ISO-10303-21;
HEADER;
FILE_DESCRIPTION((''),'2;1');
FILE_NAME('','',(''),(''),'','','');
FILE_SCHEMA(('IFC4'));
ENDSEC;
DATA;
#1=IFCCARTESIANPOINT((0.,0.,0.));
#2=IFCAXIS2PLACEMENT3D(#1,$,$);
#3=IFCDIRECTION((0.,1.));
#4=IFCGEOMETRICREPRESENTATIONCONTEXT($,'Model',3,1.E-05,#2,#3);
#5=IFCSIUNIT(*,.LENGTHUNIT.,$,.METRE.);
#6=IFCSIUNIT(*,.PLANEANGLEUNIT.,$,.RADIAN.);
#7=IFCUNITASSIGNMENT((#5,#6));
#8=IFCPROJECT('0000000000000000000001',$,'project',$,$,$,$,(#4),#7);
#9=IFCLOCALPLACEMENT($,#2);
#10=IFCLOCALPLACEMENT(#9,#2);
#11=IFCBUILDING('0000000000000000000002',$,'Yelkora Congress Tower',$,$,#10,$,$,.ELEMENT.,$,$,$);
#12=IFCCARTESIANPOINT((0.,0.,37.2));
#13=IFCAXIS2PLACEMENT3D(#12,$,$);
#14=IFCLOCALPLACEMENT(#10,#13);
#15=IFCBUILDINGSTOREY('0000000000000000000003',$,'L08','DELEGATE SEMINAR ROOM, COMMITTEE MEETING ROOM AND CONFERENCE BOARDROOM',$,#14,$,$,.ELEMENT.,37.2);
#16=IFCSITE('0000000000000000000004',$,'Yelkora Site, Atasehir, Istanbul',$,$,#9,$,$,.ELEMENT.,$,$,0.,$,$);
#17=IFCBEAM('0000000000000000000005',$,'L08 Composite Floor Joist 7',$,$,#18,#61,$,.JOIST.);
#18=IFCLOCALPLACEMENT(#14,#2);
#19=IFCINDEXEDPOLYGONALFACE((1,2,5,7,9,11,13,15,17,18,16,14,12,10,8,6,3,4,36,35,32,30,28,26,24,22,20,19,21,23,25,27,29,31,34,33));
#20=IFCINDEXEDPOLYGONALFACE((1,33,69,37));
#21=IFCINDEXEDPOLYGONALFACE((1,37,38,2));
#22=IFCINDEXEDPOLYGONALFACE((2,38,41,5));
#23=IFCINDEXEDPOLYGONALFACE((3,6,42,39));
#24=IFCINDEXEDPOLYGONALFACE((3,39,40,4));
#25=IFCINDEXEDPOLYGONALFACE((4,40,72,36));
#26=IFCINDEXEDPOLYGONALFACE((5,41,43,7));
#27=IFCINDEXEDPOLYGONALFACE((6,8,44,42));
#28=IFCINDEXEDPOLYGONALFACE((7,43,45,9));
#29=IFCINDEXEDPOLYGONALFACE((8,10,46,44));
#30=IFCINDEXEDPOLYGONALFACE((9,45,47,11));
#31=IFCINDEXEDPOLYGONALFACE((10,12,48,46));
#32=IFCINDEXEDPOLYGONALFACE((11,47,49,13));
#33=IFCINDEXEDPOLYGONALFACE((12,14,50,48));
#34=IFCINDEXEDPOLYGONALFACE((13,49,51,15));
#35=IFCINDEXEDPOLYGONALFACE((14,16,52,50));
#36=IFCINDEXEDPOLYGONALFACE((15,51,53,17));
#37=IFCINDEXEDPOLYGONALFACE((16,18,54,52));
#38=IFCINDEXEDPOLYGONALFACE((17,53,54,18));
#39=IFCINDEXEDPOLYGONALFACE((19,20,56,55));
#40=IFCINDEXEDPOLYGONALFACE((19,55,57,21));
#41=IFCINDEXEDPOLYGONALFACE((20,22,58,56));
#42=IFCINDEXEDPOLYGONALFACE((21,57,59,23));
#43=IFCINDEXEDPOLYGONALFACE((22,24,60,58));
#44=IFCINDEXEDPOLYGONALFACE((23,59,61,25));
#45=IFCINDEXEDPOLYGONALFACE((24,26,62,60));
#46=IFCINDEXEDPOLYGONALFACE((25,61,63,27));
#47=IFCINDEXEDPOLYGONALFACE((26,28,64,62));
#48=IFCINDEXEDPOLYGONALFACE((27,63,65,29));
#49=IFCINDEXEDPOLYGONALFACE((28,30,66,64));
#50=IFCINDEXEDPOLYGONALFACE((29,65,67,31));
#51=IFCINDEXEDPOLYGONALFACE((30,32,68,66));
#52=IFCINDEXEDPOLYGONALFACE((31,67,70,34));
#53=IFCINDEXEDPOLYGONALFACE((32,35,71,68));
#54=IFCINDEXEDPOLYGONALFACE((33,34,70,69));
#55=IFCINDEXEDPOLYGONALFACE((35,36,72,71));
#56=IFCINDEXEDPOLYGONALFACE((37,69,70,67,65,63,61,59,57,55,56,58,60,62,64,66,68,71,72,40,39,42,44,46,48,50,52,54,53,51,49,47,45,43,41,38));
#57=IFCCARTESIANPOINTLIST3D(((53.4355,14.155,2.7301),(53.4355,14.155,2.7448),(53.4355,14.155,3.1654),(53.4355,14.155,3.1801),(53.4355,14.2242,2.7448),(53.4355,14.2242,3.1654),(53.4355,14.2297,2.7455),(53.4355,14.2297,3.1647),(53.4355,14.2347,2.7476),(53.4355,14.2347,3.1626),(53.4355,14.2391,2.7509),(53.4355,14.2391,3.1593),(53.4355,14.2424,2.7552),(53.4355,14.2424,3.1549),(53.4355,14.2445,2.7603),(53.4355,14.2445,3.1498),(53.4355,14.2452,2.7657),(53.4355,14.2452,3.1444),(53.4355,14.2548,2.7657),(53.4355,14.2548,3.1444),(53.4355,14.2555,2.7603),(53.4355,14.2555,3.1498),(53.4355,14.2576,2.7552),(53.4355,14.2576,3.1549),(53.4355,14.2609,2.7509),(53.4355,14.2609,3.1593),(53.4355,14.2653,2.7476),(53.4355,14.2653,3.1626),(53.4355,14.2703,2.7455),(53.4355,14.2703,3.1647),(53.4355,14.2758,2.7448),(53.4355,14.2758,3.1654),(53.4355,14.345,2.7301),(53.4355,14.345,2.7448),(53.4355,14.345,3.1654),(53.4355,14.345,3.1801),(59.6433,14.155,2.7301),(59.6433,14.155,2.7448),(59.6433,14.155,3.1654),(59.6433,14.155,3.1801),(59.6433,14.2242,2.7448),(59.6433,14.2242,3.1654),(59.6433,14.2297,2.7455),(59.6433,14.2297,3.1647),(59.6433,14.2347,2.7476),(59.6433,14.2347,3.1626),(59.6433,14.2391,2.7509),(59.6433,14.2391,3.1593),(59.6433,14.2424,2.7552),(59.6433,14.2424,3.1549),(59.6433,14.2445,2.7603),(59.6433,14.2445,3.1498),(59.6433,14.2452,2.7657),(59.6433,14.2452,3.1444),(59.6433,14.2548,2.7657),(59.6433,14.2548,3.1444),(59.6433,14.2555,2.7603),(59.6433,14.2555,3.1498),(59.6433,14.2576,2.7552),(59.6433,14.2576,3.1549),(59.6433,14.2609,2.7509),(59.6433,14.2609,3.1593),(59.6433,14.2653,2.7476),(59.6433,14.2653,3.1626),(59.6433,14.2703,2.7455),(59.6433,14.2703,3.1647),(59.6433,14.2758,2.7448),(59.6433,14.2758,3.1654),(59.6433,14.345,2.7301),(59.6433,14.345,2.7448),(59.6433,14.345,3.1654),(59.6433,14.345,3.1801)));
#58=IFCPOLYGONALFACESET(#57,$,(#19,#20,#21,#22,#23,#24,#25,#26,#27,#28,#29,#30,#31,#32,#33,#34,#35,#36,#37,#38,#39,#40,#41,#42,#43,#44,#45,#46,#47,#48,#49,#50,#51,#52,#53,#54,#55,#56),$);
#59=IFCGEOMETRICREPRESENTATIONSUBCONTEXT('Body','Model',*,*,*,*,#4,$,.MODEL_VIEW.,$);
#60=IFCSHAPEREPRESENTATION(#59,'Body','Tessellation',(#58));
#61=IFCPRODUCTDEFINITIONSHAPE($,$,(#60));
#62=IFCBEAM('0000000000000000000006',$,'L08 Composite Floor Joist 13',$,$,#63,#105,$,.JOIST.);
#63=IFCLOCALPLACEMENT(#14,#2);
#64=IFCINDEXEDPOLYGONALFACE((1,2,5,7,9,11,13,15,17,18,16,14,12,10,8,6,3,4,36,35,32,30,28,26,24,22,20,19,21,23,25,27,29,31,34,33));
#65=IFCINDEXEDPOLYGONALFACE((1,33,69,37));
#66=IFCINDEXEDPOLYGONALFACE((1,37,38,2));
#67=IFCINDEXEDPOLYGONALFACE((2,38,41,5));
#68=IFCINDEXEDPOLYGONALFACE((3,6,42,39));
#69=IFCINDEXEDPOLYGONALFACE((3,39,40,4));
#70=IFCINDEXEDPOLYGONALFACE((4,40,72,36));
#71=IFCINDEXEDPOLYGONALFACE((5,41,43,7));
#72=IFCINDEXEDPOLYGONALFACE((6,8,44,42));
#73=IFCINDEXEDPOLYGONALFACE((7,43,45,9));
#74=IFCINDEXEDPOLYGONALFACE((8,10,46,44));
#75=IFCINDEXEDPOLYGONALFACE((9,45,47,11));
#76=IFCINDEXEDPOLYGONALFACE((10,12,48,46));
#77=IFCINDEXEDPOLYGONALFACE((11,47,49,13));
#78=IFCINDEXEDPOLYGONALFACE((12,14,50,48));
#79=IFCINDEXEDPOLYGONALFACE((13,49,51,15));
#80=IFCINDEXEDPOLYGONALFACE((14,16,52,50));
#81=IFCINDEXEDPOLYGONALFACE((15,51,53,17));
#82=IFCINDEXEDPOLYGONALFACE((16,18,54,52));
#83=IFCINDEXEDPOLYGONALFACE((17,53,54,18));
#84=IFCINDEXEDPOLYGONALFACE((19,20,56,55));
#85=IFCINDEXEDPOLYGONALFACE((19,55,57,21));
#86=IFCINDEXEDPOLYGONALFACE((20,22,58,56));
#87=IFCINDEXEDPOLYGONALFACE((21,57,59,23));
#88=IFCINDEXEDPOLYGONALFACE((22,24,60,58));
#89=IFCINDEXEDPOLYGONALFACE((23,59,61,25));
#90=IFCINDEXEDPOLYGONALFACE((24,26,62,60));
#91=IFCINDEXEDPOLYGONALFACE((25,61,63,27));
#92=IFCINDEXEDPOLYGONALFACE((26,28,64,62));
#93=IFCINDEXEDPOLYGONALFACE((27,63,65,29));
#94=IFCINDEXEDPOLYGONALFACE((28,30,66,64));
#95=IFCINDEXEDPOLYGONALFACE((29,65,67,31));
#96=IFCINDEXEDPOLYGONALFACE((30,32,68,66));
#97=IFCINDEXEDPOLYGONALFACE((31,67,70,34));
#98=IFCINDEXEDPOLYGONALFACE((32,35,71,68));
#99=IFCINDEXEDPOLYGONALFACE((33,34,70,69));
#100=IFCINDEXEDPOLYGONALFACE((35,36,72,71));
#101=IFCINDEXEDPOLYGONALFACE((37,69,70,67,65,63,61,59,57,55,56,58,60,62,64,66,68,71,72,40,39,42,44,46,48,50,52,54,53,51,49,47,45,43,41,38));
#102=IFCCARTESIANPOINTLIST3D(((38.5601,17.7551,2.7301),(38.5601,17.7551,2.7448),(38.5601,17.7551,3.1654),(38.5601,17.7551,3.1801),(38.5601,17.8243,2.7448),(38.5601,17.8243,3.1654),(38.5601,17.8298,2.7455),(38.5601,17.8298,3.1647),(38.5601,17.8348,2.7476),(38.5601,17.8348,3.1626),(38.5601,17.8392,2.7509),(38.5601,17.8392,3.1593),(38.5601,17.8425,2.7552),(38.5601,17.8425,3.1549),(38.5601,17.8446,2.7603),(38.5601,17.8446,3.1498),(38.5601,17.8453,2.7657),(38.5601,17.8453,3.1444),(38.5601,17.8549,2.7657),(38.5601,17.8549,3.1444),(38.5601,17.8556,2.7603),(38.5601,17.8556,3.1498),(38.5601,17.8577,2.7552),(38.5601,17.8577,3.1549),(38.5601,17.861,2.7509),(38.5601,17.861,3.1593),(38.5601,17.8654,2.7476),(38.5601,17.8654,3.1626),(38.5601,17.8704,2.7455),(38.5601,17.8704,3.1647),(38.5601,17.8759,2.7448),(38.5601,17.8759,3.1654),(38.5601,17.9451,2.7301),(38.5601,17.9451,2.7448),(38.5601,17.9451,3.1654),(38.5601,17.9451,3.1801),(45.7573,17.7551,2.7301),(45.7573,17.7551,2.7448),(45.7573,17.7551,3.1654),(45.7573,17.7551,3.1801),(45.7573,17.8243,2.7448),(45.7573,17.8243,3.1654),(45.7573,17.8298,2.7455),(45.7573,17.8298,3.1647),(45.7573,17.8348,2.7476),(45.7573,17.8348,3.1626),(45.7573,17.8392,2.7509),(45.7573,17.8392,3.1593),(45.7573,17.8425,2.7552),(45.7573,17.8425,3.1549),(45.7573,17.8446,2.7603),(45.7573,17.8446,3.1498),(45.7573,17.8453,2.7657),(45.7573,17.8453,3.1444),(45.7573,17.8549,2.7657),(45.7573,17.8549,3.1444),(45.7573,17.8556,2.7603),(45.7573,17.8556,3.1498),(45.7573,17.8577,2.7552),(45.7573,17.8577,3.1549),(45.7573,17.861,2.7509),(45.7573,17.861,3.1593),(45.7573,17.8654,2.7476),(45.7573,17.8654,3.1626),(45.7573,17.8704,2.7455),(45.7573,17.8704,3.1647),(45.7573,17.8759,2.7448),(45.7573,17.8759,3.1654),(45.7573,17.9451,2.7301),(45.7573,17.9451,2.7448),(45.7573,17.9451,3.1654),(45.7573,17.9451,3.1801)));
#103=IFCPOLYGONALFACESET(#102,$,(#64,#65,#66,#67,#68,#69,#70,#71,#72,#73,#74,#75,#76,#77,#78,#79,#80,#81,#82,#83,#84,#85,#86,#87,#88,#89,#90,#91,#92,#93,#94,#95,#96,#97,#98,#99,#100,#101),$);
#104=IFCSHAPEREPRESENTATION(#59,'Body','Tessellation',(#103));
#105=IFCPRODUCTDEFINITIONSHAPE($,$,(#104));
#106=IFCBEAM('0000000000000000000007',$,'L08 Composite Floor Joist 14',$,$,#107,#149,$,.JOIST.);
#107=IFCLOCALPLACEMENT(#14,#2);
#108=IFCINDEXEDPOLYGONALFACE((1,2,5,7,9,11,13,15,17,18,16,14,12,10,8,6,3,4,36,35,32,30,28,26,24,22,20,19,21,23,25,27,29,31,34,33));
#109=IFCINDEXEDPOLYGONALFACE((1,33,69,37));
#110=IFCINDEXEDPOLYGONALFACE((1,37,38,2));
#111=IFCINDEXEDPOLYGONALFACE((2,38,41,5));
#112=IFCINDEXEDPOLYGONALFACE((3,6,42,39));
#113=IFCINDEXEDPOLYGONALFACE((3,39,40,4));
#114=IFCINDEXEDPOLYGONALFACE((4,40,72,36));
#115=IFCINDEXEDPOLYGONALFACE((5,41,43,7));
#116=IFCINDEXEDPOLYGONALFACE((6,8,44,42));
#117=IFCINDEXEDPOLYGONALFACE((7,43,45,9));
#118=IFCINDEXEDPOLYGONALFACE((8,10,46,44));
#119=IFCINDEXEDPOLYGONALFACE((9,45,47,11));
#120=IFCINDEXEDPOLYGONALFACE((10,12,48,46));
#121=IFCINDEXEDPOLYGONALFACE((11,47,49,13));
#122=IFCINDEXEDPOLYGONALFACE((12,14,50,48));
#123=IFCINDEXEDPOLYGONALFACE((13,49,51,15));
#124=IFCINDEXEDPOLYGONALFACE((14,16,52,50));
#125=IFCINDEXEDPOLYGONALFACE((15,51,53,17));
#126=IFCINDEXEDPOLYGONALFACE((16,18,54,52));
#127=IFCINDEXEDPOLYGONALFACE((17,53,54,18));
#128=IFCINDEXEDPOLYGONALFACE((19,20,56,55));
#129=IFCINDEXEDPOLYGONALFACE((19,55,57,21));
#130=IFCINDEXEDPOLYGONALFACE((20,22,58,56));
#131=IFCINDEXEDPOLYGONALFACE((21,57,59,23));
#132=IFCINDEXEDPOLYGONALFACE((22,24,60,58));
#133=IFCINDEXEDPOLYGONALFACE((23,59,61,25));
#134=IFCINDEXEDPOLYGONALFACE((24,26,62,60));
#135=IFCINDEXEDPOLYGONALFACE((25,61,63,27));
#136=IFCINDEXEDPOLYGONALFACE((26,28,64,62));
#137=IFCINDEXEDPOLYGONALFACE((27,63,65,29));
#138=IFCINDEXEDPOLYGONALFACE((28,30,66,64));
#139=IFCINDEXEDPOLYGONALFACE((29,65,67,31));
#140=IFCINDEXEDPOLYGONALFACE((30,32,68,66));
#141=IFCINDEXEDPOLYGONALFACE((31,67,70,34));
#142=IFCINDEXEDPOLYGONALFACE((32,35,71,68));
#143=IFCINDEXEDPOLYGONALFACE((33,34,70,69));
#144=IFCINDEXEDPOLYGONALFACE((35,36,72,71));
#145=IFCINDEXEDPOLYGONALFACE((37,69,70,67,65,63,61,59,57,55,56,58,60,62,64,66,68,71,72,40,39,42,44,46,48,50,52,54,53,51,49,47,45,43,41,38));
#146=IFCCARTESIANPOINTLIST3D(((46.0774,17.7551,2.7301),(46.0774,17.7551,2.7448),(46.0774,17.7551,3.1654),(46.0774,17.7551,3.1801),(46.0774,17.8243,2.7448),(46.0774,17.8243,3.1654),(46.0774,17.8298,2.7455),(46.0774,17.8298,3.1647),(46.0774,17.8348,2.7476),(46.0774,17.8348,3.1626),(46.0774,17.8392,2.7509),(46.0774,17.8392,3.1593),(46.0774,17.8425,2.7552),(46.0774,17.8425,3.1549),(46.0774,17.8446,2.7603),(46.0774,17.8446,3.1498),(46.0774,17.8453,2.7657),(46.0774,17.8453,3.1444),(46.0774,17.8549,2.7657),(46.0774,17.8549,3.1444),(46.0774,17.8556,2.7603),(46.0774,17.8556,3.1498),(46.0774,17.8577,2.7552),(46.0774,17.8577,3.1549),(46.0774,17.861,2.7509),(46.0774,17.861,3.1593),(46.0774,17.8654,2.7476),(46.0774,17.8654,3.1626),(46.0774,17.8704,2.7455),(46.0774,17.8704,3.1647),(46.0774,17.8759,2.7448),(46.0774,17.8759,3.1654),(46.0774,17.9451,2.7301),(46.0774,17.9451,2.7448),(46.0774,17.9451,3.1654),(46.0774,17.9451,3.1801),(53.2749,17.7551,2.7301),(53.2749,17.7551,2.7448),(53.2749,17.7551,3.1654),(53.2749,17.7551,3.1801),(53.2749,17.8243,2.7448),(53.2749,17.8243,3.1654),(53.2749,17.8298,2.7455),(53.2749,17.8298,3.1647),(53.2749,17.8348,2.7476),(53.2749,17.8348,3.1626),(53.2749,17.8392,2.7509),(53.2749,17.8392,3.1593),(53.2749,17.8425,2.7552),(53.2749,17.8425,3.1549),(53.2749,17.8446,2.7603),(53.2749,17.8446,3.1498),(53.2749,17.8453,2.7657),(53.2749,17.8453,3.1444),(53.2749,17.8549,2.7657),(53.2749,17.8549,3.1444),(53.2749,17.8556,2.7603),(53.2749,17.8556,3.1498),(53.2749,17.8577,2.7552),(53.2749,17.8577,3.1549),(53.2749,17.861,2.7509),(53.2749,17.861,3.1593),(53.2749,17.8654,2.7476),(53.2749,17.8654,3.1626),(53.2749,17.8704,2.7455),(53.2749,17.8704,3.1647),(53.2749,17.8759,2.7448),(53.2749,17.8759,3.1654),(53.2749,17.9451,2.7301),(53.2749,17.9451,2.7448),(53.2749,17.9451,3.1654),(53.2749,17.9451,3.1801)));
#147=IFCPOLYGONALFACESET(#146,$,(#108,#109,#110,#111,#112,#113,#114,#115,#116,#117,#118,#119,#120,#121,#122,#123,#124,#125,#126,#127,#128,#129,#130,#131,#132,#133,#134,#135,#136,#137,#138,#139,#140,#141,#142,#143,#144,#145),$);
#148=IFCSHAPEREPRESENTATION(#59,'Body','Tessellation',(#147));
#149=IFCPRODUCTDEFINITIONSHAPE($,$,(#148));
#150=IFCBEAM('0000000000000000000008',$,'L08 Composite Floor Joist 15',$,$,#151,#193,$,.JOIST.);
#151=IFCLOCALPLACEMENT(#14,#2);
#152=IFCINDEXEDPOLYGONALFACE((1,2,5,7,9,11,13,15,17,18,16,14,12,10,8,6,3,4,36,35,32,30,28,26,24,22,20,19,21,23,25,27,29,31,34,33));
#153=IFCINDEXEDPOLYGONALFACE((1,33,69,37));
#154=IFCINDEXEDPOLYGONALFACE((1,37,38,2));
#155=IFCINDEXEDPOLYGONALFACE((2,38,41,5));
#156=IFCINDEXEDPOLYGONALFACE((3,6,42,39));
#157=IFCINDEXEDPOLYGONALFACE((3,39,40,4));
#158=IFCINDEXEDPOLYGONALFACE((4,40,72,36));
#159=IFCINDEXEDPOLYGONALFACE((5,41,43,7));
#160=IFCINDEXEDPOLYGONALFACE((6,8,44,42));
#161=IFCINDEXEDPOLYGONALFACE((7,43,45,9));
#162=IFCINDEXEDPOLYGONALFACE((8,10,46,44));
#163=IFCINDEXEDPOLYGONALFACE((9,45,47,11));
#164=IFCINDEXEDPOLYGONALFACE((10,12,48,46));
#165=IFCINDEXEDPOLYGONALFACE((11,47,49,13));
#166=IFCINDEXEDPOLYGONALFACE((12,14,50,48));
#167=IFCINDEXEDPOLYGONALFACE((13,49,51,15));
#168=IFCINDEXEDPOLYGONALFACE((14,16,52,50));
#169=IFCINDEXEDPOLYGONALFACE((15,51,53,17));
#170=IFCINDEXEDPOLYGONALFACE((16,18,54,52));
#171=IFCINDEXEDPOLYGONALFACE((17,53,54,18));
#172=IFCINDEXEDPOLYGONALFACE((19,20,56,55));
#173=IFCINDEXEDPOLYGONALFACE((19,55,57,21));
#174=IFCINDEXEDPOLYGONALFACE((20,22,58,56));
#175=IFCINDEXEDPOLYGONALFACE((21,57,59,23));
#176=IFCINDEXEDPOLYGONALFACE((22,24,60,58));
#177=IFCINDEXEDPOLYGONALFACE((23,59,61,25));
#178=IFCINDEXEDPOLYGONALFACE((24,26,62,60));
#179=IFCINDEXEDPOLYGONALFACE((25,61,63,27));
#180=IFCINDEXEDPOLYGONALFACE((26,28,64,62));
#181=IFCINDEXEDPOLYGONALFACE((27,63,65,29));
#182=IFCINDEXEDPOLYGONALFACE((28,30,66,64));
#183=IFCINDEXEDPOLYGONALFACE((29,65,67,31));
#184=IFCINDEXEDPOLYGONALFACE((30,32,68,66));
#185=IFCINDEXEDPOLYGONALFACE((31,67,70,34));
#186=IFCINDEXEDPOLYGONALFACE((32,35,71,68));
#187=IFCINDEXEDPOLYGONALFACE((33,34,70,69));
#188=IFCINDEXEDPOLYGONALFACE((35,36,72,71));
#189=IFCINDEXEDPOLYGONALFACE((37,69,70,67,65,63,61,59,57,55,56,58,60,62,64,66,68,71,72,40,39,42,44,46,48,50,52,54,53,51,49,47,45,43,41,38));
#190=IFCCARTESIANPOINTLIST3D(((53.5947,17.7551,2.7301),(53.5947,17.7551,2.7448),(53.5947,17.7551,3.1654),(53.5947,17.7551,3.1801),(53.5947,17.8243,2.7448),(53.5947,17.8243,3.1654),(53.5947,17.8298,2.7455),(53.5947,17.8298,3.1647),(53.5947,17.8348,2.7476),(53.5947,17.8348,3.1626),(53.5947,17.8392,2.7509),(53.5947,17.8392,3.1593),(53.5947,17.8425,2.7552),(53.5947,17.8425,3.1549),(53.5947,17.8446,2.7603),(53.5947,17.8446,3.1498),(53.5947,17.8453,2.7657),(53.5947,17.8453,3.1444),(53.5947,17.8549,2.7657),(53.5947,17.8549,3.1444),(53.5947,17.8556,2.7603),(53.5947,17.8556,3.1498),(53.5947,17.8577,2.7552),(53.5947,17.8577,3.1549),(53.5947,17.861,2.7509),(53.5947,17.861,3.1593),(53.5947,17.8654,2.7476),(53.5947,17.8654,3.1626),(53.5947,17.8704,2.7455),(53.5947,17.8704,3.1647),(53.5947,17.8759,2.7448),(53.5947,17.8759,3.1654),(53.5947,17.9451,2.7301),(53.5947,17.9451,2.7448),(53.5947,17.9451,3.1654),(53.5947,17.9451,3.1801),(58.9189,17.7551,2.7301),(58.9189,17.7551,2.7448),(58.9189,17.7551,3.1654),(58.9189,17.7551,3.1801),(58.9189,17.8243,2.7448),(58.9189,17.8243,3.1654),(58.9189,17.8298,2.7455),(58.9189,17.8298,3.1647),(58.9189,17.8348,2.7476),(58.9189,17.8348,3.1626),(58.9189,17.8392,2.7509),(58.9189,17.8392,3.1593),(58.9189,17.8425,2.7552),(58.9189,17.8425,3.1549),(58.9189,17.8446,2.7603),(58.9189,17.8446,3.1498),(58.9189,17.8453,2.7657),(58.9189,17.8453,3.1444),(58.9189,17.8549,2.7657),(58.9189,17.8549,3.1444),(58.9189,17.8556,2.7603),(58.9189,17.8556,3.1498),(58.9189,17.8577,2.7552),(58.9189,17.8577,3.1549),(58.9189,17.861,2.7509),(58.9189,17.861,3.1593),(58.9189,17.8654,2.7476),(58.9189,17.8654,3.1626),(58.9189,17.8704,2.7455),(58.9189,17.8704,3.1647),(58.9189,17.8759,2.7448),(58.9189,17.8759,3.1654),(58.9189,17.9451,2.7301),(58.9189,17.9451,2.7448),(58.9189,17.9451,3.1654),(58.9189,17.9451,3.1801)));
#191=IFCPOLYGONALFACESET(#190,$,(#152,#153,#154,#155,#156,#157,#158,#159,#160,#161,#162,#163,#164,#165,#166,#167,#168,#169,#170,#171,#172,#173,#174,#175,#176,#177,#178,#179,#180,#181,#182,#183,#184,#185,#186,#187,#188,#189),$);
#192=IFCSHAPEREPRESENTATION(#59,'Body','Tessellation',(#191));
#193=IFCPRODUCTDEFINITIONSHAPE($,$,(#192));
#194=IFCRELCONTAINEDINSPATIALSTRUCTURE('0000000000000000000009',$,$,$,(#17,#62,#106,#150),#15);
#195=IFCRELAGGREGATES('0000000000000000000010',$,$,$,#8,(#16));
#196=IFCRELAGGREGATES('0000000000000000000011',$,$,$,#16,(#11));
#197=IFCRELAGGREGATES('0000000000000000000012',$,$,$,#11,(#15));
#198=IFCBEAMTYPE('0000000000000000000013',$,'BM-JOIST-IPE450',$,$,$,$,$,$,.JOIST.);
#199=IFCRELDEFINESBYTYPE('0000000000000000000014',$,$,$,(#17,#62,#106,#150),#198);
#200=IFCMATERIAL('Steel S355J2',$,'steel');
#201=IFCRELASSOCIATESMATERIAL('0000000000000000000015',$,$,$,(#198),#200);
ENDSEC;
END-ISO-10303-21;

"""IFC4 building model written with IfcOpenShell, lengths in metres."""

from ifc_helpers import new_model, si_unit, direction, frame, origin, origin_2d, place, context, subcontext, project, spatial, i_section, extrude, material, material_profile, profile_set, type_object, element, save


model = new_model("IFC4")

# Units and contexts
model_context = context("Model", 3, precision=1e-05, world=origin(), true_north=direction((0.0, 1.0)))
body_context = subcontext(model_context, "Body", "Model", "MODEL_VIEW")
ifc_project = project(units=[si_unit("LENGTHUNIT", "METRE"), si_unit("PLANEANGLEUNIT", "RADIAN")], contexts=[model_context])

# Site, building, storey
site_placement = place(None, origin())
site = spatial("IfcSite", under=ifc_project, at=site_placement, Name="Yelkora Site, Atasehir, Istanbul", CompositionType="ELEMENT", RefElevation=0.0)
building_placement = place(site_placement, origin())
building = spatial("IfcBuilding", under=site, at=building_placement, Name="Yelkora Congress Tower", CompositionType="ELEMENT")
storey_placement = place(building_placement, frame((0.0, 0.0, 37.2)))
storey = spatial("IfcBuildingStorey", under=building, at=storey_placement, Name="L08", Description="DELEGATE SEMINAR ROOM, COMMITTEE MEETING ROOM AND CONFERENCE BOARDROOM", CompositionType="ELEMENT", Elevation=37.2)

# Beams
ifc_material_1 = material(Name="Steel S355J2", Category="steel")
ifc_material_profile_1 = material_profile(ifc_material_1, i_section(OverallWidth=0.1899, OverallDepth=0.45, WebThickness=0.0095, FlangeThickness=0.0146, FilletRadius=0.021, at=origin_2d()), Name="IPE 450")
ifc_profile_set_1 = profile_set([ifc_material_profile_1], Name="Steel S355J2")
beam_type_1 = type_object("IfcBeamType", Name="BM-JOIST-IPE450", PredefinedType="JOIST", material=ifc_profile_set_1)
beam_1_placement = place(storey_placement, frame((53.4355, 14.25, 2.9551), z_axis=(1.0, 0.0, 0.0), x_axis=(0.0, 1.0, 0.0)))
element("IfcBeam", 1, at=beam_1_placement, inside=storey, type_object=beam_type_1, Name="L08 Composite Floor Joist 7", PredefinedType="JOIST", context=body_context, shape_type="SweptSolid", body=[
    extrude(i_section(OverallWidth=0.1899, OverallDepth=0.45, WebThickness=0.0095, FlangeThickness=0.0146, FilletRadius=0.021, at=origin_2d()), origin(), (0.0, 0.0, 1.0), 6.2078),
])
beam_2_placement = place(storey_placement, frame((38.5601, 17.8501, 2.9551), z_axis=(1.0, 0.0, 0.0), x_axis=(0.0, 1.0, 0.0)))
element("IfcBeam", 2, at=beam_2_placement, inside=storey, type_object=beam_type_1, Name="L08 Composite Floor Joist 13", PredefinedType="JOIST", context=body_context, shape_type="SweptSolid", body=[
    extrude(i_section(OverallWidth=0.1899, OverallDepth=0.45, WebThickness=0.0095, FlangeThickness=0.0146, FilletRadius=0.021, at=origin_2d()), origin(), (0.0, 0.0, 1.0), 7.1973),
])
beam_3_placement = place(storey_placement, frame((46.0774, 17.8501, 2.9551), z_axis=(1.0, 0.0, 0.0), x_axis=(0.0, 1.0, 0.0)))
element("IfcBeam", 3, at=beam_3_placement, inside=storey, type_object=beam_type_1, Name="L08 Composite Floor Joist 14", PredefinedType="JOIST", context=body_context, shape_type="SweptSolid", body=[
    extrude(i_section(OverallWidth=0.1899, OverallDepth=0.45, WebThickness=0.0095, FlangeThickness=0.0146, FilletRadius=0.021, at=origin_2d()), origin(), (0.0, 0.0, 1.0), 7.1975),
])
beam_4_placement = place(storey_placement, frame((53.5947, 17.8501, 2.9551), z_axis=(1.0, 0.0, 0.0), x_axis=(0.0, 1.0, 0.0)))
element("IfcBeam", 4, at=beam_4_placement, inside=storey, type_object=beam_type_1, Name="L08 Composite Floor Joist 15", PredefinedType="JOIST", context=body_context, shape_type="SweptSolid", body=[
    extrude(i_section(OverallWidth=0.1899, OverallDepth=0.45, WebThickness=0.0095, FlangeThickness=0.0146, FilletRadius=0.021, at=origin_2d()), origin(), (0.0, 0.0, 1.0), 5.3242),
])

save(model, "model.ifc")
